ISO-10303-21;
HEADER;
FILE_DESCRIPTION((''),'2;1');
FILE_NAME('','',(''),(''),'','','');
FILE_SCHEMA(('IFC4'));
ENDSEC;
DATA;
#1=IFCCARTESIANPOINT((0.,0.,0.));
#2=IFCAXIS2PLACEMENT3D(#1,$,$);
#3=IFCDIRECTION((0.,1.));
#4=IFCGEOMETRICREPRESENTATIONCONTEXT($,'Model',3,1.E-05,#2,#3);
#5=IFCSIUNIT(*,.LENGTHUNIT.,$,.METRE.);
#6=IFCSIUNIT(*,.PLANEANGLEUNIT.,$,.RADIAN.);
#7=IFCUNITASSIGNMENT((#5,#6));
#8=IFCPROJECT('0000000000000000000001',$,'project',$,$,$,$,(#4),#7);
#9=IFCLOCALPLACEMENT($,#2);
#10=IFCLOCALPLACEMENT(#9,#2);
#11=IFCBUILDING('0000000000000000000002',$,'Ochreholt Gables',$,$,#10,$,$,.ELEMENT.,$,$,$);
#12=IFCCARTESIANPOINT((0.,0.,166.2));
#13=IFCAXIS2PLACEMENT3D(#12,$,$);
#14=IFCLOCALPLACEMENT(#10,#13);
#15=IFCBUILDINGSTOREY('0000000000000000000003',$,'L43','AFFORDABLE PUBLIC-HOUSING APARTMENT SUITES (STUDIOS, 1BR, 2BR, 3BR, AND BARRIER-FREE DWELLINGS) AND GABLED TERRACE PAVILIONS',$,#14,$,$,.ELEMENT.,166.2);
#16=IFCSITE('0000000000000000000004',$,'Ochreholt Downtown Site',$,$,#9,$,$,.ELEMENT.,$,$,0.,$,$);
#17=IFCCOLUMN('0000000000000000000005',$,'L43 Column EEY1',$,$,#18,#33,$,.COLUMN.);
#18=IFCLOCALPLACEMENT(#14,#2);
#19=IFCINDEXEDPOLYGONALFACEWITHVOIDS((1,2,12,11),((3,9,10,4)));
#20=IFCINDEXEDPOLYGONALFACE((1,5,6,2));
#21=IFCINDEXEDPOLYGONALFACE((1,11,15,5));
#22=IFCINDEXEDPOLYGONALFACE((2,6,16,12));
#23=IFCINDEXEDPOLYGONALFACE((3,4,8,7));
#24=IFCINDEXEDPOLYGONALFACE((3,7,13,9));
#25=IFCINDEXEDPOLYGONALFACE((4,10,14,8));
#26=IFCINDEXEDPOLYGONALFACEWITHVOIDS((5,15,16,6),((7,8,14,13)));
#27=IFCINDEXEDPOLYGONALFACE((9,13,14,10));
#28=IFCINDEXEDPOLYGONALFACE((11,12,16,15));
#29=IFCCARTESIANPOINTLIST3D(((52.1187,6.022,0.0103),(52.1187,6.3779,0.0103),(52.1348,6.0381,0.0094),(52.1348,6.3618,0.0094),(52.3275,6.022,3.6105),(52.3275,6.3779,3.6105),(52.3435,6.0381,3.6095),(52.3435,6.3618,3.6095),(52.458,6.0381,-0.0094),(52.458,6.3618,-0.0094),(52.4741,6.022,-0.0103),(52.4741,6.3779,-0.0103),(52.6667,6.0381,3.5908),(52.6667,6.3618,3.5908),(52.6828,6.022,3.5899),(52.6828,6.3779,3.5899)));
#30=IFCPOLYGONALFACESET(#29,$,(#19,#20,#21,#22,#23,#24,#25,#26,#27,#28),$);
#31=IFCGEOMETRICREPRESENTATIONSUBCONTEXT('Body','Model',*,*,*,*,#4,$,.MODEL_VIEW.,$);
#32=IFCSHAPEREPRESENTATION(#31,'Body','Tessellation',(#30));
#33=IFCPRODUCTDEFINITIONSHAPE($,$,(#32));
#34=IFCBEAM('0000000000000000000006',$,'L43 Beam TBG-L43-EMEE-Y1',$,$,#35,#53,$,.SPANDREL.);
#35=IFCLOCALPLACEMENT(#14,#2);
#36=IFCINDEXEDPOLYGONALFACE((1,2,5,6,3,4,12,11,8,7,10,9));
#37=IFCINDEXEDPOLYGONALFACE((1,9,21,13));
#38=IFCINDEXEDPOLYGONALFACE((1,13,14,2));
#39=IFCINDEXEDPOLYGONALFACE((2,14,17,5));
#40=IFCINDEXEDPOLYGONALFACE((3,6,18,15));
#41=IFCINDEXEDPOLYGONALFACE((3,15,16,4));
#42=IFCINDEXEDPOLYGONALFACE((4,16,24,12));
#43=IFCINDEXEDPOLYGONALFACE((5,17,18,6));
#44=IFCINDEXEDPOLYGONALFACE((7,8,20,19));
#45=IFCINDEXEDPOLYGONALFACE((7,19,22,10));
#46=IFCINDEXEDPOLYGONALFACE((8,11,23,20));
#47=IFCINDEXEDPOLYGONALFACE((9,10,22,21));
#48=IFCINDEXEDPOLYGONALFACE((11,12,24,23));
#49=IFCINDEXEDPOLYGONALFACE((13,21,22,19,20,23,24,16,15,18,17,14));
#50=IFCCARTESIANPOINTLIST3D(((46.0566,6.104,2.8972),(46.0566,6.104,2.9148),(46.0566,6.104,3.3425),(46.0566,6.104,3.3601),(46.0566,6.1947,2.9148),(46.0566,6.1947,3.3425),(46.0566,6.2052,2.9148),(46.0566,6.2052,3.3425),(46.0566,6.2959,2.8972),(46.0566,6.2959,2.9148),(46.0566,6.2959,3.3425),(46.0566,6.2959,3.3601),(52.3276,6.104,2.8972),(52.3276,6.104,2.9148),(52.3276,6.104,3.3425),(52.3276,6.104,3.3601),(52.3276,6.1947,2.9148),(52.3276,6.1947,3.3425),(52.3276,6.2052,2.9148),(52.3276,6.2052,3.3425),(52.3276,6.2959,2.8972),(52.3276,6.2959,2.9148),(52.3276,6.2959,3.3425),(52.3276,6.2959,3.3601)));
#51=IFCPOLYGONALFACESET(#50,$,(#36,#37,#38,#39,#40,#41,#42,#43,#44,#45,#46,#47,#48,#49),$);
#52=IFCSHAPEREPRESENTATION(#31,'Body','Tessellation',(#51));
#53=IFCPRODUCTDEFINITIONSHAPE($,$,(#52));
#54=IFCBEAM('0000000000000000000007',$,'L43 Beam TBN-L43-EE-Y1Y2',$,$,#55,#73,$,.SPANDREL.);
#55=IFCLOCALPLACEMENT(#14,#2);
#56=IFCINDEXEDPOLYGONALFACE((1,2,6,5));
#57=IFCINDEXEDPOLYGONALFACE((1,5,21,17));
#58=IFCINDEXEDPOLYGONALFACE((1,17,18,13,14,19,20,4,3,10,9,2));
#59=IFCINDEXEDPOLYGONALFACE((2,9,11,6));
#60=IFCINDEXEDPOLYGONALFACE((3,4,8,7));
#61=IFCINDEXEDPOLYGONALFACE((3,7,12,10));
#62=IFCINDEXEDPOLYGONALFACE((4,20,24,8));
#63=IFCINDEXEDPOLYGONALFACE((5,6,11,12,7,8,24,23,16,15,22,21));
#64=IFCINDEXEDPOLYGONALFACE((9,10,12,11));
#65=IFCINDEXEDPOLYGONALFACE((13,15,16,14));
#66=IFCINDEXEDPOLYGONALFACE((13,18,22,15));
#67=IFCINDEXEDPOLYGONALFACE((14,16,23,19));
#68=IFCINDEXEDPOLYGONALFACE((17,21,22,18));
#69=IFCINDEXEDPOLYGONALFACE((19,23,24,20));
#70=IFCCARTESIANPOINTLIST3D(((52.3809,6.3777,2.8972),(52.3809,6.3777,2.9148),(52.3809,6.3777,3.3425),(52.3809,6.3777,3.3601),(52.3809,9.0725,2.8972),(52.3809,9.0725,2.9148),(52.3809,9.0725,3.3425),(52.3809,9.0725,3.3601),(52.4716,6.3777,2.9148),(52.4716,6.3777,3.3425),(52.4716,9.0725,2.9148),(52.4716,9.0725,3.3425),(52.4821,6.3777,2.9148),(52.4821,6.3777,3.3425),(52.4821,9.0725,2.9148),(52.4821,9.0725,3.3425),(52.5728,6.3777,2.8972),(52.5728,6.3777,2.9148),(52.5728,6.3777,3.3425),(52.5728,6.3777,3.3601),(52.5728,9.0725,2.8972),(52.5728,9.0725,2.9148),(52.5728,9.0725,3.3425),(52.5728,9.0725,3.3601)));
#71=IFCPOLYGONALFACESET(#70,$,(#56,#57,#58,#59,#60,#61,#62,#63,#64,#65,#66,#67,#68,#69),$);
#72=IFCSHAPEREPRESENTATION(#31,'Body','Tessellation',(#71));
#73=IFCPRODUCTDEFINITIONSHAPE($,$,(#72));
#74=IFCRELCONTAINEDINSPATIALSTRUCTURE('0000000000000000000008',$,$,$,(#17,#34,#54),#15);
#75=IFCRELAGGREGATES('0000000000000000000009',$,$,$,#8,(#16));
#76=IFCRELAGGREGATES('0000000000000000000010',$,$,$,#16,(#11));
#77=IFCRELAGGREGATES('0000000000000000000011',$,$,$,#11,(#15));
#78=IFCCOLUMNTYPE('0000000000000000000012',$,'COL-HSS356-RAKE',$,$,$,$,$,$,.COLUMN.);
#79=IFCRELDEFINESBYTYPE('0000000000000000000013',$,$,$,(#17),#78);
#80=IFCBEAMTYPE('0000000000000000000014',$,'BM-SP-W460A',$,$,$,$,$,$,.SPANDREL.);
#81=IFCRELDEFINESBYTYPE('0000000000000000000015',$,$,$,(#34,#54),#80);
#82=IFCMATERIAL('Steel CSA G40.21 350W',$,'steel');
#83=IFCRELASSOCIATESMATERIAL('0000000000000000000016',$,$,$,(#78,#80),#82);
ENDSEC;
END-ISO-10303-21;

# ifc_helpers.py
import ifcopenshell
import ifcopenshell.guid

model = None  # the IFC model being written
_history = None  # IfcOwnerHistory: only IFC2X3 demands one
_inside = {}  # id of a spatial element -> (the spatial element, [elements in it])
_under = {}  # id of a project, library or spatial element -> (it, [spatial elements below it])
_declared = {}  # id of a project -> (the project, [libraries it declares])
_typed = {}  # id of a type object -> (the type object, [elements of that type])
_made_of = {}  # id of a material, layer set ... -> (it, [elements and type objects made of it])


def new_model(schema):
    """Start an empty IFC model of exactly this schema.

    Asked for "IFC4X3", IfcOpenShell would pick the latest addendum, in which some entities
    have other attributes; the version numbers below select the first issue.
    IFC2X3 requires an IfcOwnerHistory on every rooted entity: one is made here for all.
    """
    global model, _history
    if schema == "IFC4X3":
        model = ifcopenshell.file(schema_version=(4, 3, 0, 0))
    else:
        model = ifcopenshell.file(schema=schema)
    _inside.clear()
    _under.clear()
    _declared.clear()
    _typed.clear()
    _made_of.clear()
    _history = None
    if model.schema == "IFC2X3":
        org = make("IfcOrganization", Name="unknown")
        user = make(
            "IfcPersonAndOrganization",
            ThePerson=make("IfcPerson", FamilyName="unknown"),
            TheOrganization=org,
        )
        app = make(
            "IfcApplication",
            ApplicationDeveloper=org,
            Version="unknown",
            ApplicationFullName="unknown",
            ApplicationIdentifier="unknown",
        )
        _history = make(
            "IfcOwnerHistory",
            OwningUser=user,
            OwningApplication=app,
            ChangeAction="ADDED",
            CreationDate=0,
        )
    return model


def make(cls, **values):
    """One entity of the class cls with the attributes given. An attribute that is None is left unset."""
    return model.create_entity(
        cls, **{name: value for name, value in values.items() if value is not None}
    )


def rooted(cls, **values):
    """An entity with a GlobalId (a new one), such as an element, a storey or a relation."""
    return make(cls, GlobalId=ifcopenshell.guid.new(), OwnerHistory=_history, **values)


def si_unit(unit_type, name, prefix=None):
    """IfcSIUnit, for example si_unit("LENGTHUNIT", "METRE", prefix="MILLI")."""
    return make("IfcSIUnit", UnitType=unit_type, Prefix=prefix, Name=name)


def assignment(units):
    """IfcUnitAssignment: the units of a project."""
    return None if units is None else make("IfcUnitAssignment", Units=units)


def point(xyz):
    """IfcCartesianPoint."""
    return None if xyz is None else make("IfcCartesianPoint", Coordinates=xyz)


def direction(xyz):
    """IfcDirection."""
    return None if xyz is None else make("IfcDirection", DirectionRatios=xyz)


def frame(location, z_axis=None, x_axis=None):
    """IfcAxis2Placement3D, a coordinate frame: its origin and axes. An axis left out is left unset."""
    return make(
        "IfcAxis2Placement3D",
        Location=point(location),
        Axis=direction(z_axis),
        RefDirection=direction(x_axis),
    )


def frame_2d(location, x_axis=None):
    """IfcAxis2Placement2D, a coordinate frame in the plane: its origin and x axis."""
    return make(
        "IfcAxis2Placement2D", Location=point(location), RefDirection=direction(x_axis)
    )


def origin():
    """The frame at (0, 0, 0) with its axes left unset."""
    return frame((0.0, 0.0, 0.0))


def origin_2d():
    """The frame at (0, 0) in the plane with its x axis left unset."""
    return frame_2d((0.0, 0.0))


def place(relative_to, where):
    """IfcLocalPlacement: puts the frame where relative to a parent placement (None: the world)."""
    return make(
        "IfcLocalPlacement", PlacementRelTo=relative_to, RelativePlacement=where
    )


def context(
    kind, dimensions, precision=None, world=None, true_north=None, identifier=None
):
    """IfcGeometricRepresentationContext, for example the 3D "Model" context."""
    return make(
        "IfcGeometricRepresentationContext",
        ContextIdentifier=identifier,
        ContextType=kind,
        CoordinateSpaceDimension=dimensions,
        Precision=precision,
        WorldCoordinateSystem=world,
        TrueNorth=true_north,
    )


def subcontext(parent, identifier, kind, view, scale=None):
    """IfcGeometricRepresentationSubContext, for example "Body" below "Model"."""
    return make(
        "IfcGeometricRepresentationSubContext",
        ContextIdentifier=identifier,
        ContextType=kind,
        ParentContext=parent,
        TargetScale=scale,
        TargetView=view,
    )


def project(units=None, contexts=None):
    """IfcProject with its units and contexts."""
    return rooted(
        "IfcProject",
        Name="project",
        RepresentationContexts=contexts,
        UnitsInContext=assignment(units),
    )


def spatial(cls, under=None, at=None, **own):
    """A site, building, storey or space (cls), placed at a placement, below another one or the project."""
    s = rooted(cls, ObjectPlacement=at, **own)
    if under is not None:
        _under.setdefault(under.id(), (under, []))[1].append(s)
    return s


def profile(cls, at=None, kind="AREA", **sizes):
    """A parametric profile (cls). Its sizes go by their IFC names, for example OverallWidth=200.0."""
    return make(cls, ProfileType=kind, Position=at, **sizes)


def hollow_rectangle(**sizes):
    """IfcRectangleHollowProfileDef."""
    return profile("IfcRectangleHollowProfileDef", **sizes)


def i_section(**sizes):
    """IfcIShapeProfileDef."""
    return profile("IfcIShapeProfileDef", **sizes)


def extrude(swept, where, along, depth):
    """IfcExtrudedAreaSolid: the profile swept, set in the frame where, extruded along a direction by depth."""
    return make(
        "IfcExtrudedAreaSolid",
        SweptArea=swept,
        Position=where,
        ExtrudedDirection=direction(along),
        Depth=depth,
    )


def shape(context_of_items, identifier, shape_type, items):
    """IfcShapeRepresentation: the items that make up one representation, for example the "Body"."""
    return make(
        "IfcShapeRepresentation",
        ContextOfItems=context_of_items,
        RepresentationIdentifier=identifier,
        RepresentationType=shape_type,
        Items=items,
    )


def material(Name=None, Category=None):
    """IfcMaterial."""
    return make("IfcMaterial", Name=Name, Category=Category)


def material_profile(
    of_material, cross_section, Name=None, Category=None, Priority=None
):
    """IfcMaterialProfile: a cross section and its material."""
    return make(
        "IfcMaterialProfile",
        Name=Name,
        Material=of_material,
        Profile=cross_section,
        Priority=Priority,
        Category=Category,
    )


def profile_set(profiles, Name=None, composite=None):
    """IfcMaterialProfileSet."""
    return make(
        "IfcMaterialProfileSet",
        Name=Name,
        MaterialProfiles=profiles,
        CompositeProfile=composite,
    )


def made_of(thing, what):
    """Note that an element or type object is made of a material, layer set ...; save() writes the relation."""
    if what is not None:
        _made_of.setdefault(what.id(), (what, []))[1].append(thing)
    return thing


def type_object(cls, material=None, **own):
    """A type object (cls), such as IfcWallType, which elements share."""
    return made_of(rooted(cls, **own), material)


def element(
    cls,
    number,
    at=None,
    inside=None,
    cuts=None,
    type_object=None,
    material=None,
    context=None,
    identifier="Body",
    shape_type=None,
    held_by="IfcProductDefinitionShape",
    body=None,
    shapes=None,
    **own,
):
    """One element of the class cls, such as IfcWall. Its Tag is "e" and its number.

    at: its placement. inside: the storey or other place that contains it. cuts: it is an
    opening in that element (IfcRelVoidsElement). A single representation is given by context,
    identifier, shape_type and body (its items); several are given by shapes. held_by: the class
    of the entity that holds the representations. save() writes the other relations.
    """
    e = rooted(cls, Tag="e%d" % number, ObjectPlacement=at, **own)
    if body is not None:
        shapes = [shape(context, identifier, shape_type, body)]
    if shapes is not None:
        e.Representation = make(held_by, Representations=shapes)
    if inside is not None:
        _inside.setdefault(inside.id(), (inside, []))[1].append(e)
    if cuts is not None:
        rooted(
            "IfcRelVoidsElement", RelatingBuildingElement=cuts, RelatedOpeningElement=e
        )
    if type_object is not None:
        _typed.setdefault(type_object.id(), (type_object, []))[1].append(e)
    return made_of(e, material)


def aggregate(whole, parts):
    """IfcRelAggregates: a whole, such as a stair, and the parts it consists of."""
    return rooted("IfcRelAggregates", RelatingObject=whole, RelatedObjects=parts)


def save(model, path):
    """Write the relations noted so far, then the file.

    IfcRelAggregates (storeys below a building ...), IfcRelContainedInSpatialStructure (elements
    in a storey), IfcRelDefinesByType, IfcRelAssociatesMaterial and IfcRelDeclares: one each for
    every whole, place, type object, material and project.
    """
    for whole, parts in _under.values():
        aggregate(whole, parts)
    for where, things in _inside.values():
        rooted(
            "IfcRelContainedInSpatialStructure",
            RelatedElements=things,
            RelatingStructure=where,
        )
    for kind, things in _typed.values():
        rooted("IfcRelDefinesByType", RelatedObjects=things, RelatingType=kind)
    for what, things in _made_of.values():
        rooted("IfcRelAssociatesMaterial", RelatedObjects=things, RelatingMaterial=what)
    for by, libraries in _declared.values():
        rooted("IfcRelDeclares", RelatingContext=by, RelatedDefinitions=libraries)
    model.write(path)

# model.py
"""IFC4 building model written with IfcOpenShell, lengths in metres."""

from ifc_helpers import new_model, si_unit, direction, frame, origin, origin_2d, place, context, subcontext, project, spatial, hollow_rectangle, i_section, extrude, material, material_profile, profile_set, type_object, element, save


model = new_model("IFC4")

# Units and contexts
model_context = context("Model", 3, precision=1e-05, world=origin(), true_north=direction((0.0, 1.0)))
body_context = subcontext(model_context, "Body", "Model", "MODEL_VIEW")
ifc_project = project(units=[si_unit("LENGTHUNIT", "METRE"), si_unit("PLANEANGLEUNIT", "RADIAN")], contexts=[model_context])

# Site, building, storey
site_placement = place(None, origin())
site = spatial("IfcSite", under=ifc_project, at=site_placement, Name="Ochreholt Downtown Site", CompositionType="ELEMENT", RefElevation=0.0)
building_placement = place(site_placement, origin())
building = spatial("IfcBuilding", under=site, at=building_placement, Name="Ochreholt Gables", CompositionType="ELEMENT")
storey_placement = place(building_placement, frame((0.0, 0.0, 166.2)))
storey = spatial("IfcBuildingStorey", under=building, at=storey_placement, Name="L43", Description="AFFORDABLE PUBLIC-HOUSING APARTMENT SUITES (STUDIOS, 1BR, 2BR, 3BR, AND BARRIER-FREE DWELLINGS) AND GABLED TERRACE PAVILIONS", CompositionType="ELEMENT", Elevation=166.2)

# Column
ifc_material_1 = material(Name="Steel CSA G40.21 350W", Category="steel")
ifc_material_profile_1 = material_profile(ifc_material_1, hollow_rectangle(XDim=0.356, YDim=0.356, WallThickness=0.0161, at=origin_2d()), Name="HSS356X356X16")
ifc_profile_set_1 = profile_set([ifc_material_profile_1], Name="Steel CSA G40.21 350W")
column_type = type_object("IfcColumnType", Name="COL-HSS356-RAKE", PredefinedType="COLUMN", material=ifc_profile_set_1)
column_placement = place(storey_placement, frame((52.2964, 6.2, 0.0), z_axis=(0.057885, 0.0, 0.998323), x_axis=(0.0, 1.0, 0.0)))
element("IfcColumn", 1, at=column_placement, inside=storey, type_object=column_type, Name="L43 Column EEY1", PredefinedType="COLUMN", context=body_context, shape_type="SweptSolid", body=[
    extrude(hollow_rectangle(XDim=0.356, YDim=0.356, WallThickness=0.0161, at=origin_2d()), origin(), (0.0, 0.0, 1.0), 3.6062),
])

# Beams
ifc_material_profile_2 = material_profile(ifc_material_1, i_section(OverallWidth=0.1919, OverallDepth=0.4629, WebThickness=0.0105, FlangeThickness=0.0176, at=origin_2d()), Name="W460X89")
ifc_profile_set_2 = profile_set([ifc_material_profile_2], Name="Steel CSA G40.21 350W")
beam_type = type_object("IfcBeamType", Name="BM-SP-W460A", PredefinedType="SPANDREL", material=ifc_profile_set_2)
beam_1_placement = place(storey_placement, frame((46.0566, 6.2, 3.1287), z_axis=(1.0, 0.0, 0.0), x_axis=(0.0, 1.0, 0.0)))
element("IfcBeam", 2, at=beam_1_placement, inside=storey, type_object=beam_type, Name="L43 Beam TBG-L43-EMEE-Y1", PredefinedType="SPANDREL", context=body_context, shape_type="SweptSolid", body=[
    extrude(i_section(OverallWidth=0.1919, OverallDepth=0.4629, WebThickness=0.0105, FlangeThickness=0.0176, at=origin_2d()), origin(), (0.0, 0.0, 1.0), 6.271),
])
beam_2_placement = place(storey_placement, frame((52.4768, 6.3777, 3.1287), z_axis=(0.0, 1.0, 0.0), x_axis=(-1.0, 0.0, 0.0)))
element("IfcBeam", 3, at=beam_2_placement, inside=storey, type_object=beam_type, Name="L43 Beam TBN-L43-EE-Y1Y2", PredefinedType="SPANDREL", context=body_context, shape_type="SweptSolid", body=[
    extrude(i_section(OverallWidth=0.1919, OverallDepth=0.4629, WebThickness=0.0105, FlangeThickness=0.0176, at=origin_2d()), origin(), (0.0, 0.0, 1.0), 2.6948),
])

save(model, "model.ifc")
